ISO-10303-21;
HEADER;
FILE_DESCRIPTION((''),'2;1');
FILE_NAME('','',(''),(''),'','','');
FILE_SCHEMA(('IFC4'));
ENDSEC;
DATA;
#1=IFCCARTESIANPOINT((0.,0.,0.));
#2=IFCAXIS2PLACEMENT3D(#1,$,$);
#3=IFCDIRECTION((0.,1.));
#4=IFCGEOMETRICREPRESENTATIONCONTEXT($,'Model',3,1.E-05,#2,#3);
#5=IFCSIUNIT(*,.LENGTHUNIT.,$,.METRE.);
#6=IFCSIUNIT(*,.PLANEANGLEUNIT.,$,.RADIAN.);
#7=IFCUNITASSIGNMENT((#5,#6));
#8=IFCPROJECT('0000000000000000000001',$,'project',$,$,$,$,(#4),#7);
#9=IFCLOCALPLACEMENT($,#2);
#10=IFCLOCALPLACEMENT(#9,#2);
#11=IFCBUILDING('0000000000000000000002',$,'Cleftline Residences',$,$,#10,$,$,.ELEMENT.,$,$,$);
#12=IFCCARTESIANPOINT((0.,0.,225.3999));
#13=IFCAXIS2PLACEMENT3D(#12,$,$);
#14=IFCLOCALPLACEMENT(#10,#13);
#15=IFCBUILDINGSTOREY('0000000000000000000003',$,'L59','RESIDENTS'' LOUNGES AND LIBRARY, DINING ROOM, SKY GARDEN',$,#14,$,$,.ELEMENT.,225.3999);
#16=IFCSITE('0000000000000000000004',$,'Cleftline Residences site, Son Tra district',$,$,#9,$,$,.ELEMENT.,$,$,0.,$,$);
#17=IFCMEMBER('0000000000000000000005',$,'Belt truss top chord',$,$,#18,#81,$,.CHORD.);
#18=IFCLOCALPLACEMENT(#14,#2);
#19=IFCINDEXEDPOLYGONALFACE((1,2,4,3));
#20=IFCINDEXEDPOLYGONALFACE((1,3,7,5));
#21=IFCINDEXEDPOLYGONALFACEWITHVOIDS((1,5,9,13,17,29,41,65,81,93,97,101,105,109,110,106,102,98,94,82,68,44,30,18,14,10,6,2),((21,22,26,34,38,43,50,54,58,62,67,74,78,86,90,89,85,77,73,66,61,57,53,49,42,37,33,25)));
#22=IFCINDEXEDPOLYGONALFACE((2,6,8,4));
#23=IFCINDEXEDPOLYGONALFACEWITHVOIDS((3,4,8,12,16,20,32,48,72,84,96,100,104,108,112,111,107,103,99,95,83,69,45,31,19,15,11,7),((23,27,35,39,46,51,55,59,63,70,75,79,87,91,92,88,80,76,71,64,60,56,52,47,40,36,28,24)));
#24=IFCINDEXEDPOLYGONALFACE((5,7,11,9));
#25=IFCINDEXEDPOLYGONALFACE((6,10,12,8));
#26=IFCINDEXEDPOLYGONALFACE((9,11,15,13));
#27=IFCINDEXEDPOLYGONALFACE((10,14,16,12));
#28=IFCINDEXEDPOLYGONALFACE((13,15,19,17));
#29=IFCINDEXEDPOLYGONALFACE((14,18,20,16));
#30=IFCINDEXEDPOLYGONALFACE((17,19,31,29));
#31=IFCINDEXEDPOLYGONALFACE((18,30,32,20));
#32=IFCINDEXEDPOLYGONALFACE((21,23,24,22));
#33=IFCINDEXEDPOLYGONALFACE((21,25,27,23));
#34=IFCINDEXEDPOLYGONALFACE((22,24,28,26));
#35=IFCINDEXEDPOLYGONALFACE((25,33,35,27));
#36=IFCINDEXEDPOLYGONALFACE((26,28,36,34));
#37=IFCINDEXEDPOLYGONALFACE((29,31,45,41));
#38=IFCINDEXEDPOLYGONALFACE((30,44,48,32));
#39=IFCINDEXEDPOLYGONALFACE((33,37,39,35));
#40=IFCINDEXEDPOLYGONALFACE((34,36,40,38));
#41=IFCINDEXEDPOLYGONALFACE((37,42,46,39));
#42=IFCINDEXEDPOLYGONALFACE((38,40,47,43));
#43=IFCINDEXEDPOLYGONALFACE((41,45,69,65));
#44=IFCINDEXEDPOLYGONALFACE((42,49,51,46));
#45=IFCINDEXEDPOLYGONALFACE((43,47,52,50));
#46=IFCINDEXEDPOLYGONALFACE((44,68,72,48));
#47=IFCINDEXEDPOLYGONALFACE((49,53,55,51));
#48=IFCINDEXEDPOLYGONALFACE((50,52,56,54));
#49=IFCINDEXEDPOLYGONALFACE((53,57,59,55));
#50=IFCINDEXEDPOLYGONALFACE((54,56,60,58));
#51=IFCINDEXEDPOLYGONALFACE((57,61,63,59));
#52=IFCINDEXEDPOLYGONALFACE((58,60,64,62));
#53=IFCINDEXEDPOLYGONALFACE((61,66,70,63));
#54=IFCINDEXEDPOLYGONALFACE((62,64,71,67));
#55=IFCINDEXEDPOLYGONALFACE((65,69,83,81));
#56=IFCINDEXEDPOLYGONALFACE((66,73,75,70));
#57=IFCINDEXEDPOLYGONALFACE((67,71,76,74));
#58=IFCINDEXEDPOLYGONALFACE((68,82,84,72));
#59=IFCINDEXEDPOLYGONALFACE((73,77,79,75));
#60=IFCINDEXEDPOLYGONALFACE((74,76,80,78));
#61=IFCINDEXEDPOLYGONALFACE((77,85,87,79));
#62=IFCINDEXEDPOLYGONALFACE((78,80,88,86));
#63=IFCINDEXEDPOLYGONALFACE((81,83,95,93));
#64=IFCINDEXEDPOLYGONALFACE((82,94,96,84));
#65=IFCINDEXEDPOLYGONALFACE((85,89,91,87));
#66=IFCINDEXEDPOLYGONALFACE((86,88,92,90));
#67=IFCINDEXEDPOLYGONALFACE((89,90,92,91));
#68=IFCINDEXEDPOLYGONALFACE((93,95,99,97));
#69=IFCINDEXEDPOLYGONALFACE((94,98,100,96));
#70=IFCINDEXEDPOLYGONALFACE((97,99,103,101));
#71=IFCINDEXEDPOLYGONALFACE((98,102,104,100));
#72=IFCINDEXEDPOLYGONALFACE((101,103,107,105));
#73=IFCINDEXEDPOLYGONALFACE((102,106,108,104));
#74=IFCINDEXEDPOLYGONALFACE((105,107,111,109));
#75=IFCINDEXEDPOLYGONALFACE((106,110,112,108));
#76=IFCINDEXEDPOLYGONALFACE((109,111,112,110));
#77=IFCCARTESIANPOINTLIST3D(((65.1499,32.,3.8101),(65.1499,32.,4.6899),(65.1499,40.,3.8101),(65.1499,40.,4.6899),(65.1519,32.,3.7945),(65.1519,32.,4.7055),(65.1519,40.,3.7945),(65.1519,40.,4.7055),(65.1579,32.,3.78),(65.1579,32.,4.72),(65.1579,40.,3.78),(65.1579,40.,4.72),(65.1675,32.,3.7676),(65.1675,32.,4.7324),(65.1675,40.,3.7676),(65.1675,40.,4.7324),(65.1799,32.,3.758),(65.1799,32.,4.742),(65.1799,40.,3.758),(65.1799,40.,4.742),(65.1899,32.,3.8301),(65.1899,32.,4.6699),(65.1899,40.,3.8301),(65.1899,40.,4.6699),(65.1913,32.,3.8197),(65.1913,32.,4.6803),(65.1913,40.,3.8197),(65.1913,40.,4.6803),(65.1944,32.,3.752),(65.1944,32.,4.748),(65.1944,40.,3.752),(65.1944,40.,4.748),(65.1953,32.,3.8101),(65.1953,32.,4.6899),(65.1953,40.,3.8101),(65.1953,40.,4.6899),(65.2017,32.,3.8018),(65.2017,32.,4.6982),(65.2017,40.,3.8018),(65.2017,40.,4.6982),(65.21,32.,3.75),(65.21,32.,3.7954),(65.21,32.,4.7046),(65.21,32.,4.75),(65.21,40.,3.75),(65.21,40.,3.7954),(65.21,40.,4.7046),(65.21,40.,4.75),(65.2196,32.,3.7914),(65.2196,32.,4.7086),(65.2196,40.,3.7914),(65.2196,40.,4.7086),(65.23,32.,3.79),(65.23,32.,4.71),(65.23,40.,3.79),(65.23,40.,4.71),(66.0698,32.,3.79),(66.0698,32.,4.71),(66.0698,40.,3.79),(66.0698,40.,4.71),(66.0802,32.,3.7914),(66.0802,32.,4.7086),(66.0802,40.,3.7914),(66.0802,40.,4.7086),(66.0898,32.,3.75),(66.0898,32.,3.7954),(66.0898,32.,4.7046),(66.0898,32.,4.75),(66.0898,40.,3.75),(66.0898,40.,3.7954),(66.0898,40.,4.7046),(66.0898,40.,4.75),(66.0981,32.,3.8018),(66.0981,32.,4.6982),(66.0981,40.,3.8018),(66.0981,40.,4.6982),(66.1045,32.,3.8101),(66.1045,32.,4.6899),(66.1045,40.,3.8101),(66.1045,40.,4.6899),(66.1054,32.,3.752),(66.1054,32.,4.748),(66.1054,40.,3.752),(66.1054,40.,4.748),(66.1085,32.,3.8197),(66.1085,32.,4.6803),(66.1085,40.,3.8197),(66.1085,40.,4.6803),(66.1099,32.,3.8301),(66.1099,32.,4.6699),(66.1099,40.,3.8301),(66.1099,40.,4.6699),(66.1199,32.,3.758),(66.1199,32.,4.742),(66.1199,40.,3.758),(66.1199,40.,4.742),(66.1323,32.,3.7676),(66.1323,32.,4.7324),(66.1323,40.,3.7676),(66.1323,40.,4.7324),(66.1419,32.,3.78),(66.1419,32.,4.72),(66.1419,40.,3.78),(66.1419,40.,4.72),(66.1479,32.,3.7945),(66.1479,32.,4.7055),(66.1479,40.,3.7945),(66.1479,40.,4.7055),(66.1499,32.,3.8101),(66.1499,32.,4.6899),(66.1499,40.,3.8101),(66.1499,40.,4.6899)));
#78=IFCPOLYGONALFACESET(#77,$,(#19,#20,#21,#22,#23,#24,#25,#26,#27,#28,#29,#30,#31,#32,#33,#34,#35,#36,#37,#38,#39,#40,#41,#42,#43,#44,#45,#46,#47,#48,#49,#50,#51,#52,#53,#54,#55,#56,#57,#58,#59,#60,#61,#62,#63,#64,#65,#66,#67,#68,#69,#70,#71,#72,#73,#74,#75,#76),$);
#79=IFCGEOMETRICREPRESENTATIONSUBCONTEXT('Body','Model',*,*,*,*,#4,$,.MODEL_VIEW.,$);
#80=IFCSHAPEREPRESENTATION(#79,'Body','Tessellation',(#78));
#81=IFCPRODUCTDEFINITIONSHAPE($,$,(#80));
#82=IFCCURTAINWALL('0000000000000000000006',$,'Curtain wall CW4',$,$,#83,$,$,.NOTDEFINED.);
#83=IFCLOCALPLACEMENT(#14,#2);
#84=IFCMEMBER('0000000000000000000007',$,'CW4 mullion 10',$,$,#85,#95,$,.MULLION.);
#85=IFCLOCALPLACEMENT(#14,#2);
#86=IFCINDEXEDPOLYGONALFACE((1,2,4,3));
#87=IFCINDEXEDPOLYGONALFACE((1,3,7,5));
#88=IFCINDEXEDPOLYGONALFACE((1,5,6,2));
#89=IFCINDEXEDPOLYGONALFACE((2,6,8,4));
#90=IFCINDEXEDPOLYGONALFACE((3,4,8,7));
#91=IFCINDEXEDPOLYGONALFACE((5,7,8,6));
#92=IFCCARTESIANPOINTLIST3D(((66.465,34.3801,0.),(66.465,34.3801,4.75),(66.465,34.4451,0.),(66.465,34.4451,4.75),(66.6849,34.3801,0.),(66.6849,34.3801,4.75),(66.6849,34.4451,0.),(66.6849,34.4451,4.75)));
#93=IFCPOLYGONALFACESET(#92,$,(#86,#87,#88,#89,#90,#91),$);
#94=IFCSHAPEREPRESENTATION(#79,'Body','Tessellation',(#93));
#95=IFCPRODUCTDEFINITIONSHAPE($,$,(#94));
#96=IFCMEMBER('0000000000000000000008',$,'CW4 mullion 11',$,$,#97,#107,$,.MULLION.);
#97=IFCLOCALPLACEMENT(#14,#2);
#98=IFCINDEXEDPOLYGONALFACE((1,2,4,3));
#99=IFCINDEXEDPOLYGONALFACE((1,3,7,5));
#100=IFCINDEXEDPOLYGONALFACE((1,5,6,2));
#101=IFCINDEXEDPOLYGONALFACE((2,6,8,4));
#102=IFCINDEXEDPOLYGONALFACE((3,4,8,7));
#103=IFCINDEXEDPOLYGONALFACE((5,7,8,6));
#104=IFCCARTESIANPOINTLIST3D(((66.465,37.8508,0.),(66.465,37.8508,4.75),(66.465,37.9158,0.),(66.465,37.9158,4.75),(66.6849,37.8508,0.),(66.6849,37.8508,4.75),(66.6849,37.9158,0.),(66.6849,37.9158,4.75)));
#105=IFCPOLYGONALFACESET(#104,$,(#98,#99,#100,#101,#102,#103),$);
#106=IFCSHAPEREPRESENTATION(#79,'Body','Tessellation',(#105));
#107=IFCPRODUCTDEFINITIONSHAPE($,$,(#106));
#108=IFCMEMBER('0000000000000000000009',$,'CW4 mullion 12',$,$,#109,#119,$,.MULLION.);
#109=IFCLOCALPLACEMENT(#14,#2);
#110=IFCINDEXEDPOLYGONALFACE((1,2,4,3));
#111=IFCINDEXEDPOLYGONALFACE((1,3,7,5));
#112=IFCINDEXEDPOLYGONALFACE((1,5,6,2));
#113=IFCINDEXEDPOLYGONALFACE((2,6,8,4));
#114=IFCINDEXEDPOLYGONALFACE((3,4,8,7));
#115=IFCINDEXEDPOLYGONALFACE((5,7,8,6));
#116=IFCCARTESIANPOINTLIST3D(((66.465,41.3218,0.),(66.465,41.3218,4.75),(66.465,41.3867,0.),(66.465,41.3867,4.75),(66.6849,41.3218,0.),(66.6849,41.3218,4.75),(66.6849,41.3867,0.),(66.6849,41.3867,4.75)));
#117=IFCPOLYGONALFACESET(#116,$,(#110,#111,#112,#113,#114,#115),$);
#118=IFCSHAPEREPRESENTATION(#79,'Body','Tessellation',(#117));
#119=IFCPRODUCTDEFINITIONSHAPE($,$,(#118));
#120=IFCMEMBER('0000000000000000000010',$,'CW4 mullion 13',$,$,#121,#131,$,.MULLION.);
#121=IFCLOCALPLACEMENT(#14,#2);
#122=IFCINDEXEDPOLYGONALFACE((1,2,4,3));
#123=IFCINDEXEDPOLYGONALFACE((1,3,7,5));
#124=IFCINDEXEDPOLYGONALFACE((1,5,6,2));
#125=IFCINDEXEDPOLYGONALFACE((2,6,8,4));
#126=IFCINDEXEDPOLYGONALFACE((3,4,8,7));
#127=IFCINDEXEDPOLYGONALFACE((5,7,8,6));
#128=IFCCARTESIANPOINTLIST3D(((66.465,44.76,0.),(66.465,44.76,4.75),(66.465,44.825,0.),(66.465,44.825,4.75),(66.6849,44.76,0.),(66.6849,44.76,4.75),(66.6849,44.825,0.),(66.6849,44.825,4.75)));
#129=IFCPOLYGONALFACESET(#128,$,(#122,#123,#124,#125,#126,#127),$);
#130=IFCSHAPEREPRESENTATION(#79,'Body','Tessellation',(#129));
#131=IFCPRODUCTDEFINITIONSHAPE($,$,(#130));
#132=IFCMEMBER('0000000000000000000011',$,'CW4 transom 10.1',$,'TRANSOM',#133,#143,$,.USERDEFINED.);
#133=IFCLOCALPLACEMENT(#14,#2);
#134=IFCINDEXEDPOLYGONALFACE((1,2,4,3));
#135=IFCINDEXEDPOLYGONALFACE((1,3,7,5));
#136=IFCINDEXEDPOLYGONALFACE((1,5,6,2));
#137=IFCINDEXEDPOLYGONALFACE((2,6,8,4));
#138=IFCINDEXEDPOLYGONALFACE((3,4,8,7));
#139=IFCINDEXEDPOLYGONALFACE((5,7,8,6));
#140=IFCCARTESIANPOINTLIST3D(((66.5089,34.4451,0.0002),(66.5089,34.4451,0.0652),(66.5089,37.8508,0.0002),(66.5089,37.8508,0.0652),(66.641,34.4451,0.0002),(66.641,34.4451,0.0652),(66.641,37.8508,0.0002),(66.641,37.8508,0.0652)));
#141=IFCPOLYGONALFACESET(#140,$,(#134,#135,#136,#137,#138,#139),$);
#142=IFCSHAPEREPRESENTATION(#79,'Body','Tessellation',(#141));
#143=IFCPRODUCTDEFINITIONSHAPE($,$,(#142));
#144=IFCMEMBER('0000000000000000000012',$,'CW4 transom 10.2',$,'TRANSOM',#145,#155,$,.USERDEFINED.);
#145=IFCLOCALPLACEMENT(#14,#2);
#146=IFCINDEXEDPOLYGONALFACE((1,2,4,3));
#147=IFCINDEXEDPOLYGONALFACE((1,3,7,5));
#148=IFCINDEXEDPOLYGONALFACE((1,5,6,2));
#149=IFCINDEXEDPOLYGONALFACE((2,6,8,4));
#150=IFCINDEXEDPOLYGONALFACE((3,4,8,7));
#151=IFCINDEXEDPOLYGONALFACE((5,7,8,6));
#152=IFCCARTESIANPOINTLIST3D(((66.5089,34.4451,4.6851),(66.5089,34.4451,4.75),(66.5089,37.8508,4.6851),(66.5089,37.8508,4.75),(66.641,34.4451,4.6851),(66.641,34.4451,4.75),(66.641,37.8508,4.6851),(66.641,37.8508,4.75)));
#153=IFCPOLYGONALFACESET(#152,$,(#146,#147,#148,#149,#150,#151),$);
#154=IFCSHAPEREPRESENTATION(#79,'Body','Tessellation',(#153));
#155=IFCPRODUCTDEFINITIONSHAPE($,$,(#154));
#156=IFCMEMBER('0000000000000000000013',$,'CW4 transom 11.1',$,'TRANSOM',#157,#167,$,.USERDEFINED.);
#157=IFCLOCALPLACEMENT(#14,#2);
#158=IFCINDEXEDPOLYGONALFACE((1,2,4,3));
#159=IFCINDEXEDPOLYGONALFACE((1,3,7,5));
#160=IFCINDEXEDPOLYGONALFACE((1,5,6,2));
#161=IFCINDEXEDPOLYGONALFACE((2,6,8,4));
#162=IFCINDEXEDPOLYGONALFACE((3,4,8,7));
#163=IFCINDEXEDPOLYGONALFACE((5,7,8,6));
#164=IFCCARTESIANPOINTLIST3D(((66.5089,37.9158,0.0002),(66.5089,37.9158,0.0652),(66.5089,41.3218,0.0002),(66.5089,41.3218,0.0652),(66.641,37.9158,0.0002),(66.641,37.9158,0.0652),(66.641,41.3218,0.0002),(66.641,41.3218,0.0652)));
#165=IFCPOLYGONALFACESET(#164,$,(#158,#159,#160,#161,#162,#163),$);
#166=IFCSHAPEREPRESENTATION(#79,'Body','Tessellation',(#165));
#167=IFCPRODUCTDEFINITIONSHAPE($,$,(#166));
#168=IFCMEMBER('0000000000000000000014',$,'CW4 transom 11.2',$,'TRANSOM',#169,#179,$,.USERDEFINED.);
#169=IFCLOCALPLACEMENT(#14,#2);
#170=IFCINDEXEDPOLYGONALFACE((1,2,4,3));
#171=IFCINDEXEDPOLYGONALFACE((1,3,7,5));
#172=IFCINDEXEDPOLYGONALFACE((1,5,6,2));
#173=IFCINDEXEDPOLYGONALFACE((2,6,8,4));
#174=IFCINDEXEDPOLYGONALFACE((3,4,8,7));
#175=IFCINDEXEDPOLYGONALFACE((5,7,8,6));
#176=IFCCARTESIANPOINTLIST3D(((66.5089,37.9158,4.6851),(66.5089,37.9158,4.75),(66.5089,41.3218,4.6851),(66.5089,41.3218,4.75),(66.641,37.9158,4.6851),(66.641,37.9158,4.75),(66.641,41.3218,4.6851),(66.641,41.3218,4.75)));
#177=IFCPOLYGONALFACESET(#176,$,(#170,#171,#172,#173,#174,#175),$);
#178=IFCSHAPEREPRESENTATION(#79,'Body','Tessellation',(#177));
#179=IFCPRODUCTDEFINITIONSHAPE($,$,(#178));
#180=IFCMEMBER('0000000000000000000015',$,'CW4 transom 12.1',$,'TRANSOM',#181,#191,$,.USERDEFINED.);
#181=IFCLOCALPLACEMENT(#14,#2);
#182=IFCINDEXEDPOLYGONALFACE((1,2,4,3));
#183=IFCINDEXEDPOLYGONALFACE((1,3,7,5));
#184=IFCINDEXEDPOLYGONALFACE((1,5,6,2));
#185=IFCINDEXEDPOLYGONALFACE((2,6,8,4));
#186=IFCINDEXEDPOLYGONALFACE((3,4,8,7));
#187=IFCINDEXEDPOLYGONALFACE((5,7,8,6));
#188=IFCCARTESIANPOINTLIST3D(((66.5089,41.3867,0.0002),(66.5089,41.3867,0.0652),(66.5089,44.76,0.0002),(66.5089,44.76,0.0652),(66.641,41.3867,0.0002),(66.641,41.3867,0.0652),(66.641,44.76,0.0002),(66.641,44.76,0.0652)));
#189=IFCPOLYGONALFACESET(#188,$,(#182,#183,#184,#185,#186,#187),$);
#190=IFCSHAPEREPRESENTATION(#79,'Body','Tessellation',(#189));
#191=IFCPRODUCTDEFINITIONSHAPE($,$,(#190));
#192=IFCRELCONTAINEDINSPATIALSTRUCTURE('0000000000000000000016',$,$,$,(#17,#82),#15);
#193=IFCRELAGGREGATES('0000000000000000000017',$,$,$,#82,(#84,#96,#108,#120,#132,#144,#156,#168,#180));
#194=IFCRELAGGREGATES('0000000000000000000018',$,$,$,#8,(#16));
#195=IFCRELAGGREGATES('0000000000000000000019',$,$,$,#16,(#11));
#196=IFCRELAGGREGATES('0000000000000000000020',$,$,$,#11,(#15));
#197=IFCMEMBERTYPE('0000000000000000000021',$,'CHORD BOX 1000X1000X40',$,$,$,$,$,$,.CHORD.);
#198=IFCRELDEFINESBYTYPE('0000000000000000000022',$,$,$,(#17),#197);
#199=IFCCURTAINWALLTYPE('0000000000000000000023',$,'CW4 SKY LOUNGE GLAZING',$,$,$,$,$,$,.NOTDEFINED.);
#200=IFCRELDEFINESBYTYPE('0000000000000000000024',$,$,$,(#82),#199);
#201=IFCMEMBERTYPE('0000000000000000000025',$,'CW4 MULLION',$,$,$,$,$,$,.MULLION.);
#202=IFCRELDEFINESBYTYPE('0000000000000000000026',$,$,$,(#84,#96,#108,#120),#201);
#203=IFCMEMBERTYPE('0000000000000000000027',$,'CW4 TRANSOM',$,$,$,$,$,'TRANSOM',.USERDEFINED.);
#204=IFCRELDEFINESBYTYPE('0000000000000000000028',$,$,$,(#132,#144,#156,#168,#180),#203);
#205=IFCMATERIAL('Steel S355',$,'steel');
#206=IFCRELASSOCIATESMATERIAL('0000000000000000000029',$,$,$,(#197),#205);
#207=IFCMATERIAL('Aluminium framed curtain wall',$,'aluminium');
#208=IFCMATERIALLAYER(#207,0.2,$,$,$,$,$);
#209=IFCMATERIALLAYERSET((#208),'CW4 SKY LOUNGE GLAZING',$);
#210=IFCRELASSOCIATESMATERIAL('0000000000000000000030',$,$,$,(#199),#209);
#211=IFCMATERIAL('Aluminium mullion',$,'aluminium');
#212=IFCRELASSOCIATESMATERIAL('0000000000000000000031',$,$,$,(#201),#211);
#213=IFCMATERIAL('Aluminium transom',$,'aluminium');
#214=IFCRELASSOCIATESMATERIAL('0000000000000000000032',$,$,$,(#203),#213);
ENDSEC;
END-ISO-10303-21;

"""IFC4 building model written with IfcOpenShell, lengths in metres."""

from ifc_helpers import new_model, si_unit, direction, frame, origin, origin_2d, place, context, subcontext, project, spatial, rectangle, hollow_rectangle, extrude, material, layer, layer_set, material_profile, profile_set, type_object, element, aggregate, save


model = new_model("IFC4")

# Units and contexts
model_context = context("Model", 3, precision=1e-05, world=origin(), true_north=direction((0.0, 1.0)))
body_context = subcontext(model_context, "Body", "Model", "MODEL_VIEW")
ifc_project = project(units=[si_unit("LENGTHUNIT", "METRE"), si_unit("PLANEANGLEUNIT", "RADIAN")], contexts=[model_context])

# Site, building, storey
site_placement = place(None, origin())
site = spatial("IfcSite", under=ifc_project, at=site_placement, Name="Cleftline Residences site, Son Tra district", CompositionType="ELEMENT", RefElevation=0.0)
building_placement = place(site_placement, origin())
building = spatial("IfcBuilding", under=site, at=building_placement, Name="Cleftline Residences", CompositionType="ELEMENT")
storey_placement = place(building_placement, frame((0.0, 0.0, 225.3999)))
storey = spatial("IfcBuildingStorey", under=building, at=storey_placement, Name="L59", Description="RESIDENTS' LOUNGES AND LIBRARY, DINING ROOM, SKY GARDEN", CompositionType="ELEMENT", Elevation=225.3999)

# Member
ifc_material_1 = material(Name="Steel S355", Category="steel")
ifc_material_profile_1 = material_profile(ifc_material_1, hollow_rectangle(XDim=1.0, YDim=1.0, WallThickness=0.04, InnerFilletRadius=0.04, OuterFilletRadius=0.0601, at=origin_2d()))
ifc_profile_set_1 = profile_set([ifc_material_profile_1], Name="Steel S355")
member_type_1 = type_object("IfcMemberType", Name="CHORD BOX 1000X1000X40", PredefinedType="CHORD", material=ifc_profile_set_1)
for number, where, z_axis, x_axis, name in (
    (1, (65.6499, 32.0, 4.25), (0.0, 1.0, 0.0), (-1.0, 0.0, 0.0), "Belt truss top chord"),
):
    element("IfcMember", number, at=place(storey_placement, frame(where, z_axis=z_axis, x_axis=x_axis)), inside=storey, type_object=member_type_1, Name=name, PredefinedType="CHORD", context=body_context, shape_type="SweptSolid", body=[
        extrude(hollow_rectangle(XDim=1.0, YDim=1.0, WallThickness=0.04, InnerFilletRadius=0.04, OuterFilletRadius=0.0601, at=origin_2d()), origin(), (0.0, 0.0, 1.0), 8.0),
    ])

# Curtain wall, members
ifc_material_2 = material(Name="Aluminium framed curtain wall", Category="aluminium")
ifc_layer_1 = layer(ifc_material_2, 0.2)
ifc_layer_set_1 = layer_set([ifc_layer_1], Name="CW4 SKY LOUNGE GLAZING")
curtain_wall_type = type_object("IfcCurtainWallType", Name="CW4 SKY LOUNGE GLAZING", PredefinedType="NOTDEFINED", material=ifc_layer_set_1)
curtain_wall_placement = place(storey_placement, origin())
curtain_wall = element("IfcCurtainWall", 2, at=curtain_wall_placement, inside=storey, type_object=curtain_wall_type, Name="Curtain wall CW4", PredefinedType="NOTDEFINED")
ifc_material_3 = material(Name="Aluminium mullion", Category="aluminium")
ifc_material_profile_2 = material_profile(ifc_material_3, rectangle(XDim=0.22, YDim=0.0649, at=origin_2d()))
ifc_profile_set_2 = profile_set([ifc_material_profile_2], Name="Aluminium mullion")
member_type_2 = type_object("IfcMemberType", Name="CW4 MULLION", PredefinedType="MULLION", material=ifc_profile_set_2)
member_1_placement = place(storey_placement, frame((66.575, 34.4126, 0.0), z_axis=(0.0, 0.0, 1.0), x_axis=(-1.0, 0.0, 0.0)))
member_1 = element("IfcMember", 3, at=member_1_placement, type_object=member_type_2, Name="CW4 mullion 10", PredefinedType="MULLION", context=body_context, shape_type="SweptSolid", body=[
    extrude(rectangle(XDim=0.22, YDim=0.0649, at=origin_2d()), origin(), (0.0, 0.0, 1.0), 4.75),
])
member_2_placement = place(storey_placement, frame((66.575, 37.8833, 0.0), z_axis=(0.0, 0.0, 1.0), x_axis=(-1.0, 0.0, 0.0)))
member_2 = element("IfcMember", 4, at=member_2_placement, type_object=member_type_2, Name="CW4 mullion 11", PredefinedType="MULLION", context=body_context, shape_type="SweptSolid", body=[
    extrude(rectangle(XDim=0.22, YDim=0.0649, at=origin_2d()), origin(), (0.0, 0.0, 1.0), 4.75),
])
member_3_placement = place(storey_placement, frame((66.575, 41.3542, 0.0), z_axis=(0.0, 0.0, 1.0), x_axis=(-1.0, 0.0, 0.0)))
member_3 = element("IfcMember", 5, at=member_3_placement, type_object=member_type_2, Name="CW4 mullion 12", PredefinedType="MULLION", context=body_context, shape_type="SweptSolid", body=[
    extrude(rectangle(XDim=0.22, YDim=0.0649, at=origin_2d()), origin(), (0.0, 0.0, 1.0), 4.75),
])
member_4_placement = place(storey_placement, frame((66.575, 44.7925, 0.0), z_axis=(0.0, 0.0, 1.0), x_axis=(-1.0, 0.0, 0.0)))
member_4 = element("IfcMember", 6, at=member_4_placement, type_object=member_type_2, Name="CW4 mullion 13", PredefinedType="MULLION", context=body_context, shape_type="SweptSolid", body=[
    extrude(rectangle(XDim=0.22, YDim=0.0649, at=origin_2d()), origin(), (0.0, 0.0, 1.0), 4.75),
])
ifc_material_4 = material(Name="Aluminium transom", Category="aluminium")
ifc_material_profile_3 = material_profile(ifc_material_4, rectangle(XDim=0.1321, YDim=0.0649, at=origin_2d()))
ifc_profile_set_3 = profile_set([ifc_material_profile_3], Name="Aluminium transom")
member_type_3 = type_object("IfcMemberType", Name="CW4 TRANSOM", ElementType="TRANSOM", PredefinedType="USERDEFINED", material=ifc_profile_set_3)
member_5_placement = place(storey_placement, frame((66.575, 34.4451, 0.0327), z_axis=(0.0, 1.0, 0.0), x_axis=(-1.0, 0.0, 0.0)))
member_5 = element("IfcMember", 7, at=member_5_placement, type_object=member_type_3, Name="CW4 transom 10.1", ObjectType="TRANSOM", PredefinedType="USERDEFINED", context=body_context, shape_type="SweptSolid", body=[
    extrude(rectangle(XDim=0.1321, YDim=0.0649, at=origin_2d()), origin(), (0.0, 0.0, 1.0), 3.4058),
])
member_6_placement = place(storey_placement, frame((66.575, 34.4451, 4.7175), z_axis=(0.0, 1.0, 0.0), x_axis=(-1.0, 0.0, 0.0)))
member_6 = element("IfcMember", 8, at=member_6_placement, type_object=member_type_3, Name="CW4 transom 10.2", ObjectType="TRANSOM", PredefinedType="USERDEFINED", context=body_context, shape_type="SweptSolid", body=[
    extrude(rectangle(XDim=0.1321, YDim=0.0649, at=origin_2d()), origin(), (0.0, 0.0, 1.0), 3.4058),
])
member_7_placement = place(storey_placement, frame((66.575, 37.9158, 0.0327), z_axis=(0.0, 1.0, 0.0), x_axis=(-1.0, 0.0, 0.0)))
member_7 = element("IfcMember", 9, at=member_7_placement, type_object=member_type_3, Name="CW4 transom 11.1", ObjectType="TRANSOM", PredefinedType="USERDEFINED", context=body_context, shape_type="SweptSolid", body=[
    extrude(rectangle(XDim=0.1321, YDim=0.0649, at=origin_2d()), origin(), (0.0, 0.0, 1.0), 3.406),
])
member_8_placement = place(storey_placement, frame((66.575, 37.9158, 4.7175), z_axis=(0.0, 1.0, 0.0), x_axis=(-1.0, 0.0, 0.0)))
member_8 = element("IfcMember", 10, at=member_8_placement, type_object=member_type_3, Name="CW4 transom 11.2", ObjectType="TRANSOM", PredefinedType="USERDEFINED", context=body_context, shape_type="SweptSolid", body=[
    extrude(rectangle(XDim=0.1321, YDim=0.0649, at=origin_2d()), origin(), (0.0, 0.0, 1.0), 3.406),
])
member_9_placement = place(storey_placement, frame((66.575, 41.3867, 0.0327), z_axis=(0.0, 1.0, 0.0), x_axis=(-1.0, 0.0, 0.0)))
member_9 = element("IfcMember", 11, at=member_9_placement, type_object=member_type_3, Name="CW4 transom 12.1", ObjectType="TRANSOM", PredefinedType="USERDEFINED", context=body_context, shape_type="SweptSolid", body=[
    extrude(rectangle(XDim=0.1321, YDim=0.0649, at=origin_2d()), origin(), (0.0, 0.0, 1.0), 3.3733),
])
aggregate(curtain_wall, [member_1, member_2, member_3, member_4, member_5, member_6, member_7, member_8, member_9])

save(model, "model.ifc")
